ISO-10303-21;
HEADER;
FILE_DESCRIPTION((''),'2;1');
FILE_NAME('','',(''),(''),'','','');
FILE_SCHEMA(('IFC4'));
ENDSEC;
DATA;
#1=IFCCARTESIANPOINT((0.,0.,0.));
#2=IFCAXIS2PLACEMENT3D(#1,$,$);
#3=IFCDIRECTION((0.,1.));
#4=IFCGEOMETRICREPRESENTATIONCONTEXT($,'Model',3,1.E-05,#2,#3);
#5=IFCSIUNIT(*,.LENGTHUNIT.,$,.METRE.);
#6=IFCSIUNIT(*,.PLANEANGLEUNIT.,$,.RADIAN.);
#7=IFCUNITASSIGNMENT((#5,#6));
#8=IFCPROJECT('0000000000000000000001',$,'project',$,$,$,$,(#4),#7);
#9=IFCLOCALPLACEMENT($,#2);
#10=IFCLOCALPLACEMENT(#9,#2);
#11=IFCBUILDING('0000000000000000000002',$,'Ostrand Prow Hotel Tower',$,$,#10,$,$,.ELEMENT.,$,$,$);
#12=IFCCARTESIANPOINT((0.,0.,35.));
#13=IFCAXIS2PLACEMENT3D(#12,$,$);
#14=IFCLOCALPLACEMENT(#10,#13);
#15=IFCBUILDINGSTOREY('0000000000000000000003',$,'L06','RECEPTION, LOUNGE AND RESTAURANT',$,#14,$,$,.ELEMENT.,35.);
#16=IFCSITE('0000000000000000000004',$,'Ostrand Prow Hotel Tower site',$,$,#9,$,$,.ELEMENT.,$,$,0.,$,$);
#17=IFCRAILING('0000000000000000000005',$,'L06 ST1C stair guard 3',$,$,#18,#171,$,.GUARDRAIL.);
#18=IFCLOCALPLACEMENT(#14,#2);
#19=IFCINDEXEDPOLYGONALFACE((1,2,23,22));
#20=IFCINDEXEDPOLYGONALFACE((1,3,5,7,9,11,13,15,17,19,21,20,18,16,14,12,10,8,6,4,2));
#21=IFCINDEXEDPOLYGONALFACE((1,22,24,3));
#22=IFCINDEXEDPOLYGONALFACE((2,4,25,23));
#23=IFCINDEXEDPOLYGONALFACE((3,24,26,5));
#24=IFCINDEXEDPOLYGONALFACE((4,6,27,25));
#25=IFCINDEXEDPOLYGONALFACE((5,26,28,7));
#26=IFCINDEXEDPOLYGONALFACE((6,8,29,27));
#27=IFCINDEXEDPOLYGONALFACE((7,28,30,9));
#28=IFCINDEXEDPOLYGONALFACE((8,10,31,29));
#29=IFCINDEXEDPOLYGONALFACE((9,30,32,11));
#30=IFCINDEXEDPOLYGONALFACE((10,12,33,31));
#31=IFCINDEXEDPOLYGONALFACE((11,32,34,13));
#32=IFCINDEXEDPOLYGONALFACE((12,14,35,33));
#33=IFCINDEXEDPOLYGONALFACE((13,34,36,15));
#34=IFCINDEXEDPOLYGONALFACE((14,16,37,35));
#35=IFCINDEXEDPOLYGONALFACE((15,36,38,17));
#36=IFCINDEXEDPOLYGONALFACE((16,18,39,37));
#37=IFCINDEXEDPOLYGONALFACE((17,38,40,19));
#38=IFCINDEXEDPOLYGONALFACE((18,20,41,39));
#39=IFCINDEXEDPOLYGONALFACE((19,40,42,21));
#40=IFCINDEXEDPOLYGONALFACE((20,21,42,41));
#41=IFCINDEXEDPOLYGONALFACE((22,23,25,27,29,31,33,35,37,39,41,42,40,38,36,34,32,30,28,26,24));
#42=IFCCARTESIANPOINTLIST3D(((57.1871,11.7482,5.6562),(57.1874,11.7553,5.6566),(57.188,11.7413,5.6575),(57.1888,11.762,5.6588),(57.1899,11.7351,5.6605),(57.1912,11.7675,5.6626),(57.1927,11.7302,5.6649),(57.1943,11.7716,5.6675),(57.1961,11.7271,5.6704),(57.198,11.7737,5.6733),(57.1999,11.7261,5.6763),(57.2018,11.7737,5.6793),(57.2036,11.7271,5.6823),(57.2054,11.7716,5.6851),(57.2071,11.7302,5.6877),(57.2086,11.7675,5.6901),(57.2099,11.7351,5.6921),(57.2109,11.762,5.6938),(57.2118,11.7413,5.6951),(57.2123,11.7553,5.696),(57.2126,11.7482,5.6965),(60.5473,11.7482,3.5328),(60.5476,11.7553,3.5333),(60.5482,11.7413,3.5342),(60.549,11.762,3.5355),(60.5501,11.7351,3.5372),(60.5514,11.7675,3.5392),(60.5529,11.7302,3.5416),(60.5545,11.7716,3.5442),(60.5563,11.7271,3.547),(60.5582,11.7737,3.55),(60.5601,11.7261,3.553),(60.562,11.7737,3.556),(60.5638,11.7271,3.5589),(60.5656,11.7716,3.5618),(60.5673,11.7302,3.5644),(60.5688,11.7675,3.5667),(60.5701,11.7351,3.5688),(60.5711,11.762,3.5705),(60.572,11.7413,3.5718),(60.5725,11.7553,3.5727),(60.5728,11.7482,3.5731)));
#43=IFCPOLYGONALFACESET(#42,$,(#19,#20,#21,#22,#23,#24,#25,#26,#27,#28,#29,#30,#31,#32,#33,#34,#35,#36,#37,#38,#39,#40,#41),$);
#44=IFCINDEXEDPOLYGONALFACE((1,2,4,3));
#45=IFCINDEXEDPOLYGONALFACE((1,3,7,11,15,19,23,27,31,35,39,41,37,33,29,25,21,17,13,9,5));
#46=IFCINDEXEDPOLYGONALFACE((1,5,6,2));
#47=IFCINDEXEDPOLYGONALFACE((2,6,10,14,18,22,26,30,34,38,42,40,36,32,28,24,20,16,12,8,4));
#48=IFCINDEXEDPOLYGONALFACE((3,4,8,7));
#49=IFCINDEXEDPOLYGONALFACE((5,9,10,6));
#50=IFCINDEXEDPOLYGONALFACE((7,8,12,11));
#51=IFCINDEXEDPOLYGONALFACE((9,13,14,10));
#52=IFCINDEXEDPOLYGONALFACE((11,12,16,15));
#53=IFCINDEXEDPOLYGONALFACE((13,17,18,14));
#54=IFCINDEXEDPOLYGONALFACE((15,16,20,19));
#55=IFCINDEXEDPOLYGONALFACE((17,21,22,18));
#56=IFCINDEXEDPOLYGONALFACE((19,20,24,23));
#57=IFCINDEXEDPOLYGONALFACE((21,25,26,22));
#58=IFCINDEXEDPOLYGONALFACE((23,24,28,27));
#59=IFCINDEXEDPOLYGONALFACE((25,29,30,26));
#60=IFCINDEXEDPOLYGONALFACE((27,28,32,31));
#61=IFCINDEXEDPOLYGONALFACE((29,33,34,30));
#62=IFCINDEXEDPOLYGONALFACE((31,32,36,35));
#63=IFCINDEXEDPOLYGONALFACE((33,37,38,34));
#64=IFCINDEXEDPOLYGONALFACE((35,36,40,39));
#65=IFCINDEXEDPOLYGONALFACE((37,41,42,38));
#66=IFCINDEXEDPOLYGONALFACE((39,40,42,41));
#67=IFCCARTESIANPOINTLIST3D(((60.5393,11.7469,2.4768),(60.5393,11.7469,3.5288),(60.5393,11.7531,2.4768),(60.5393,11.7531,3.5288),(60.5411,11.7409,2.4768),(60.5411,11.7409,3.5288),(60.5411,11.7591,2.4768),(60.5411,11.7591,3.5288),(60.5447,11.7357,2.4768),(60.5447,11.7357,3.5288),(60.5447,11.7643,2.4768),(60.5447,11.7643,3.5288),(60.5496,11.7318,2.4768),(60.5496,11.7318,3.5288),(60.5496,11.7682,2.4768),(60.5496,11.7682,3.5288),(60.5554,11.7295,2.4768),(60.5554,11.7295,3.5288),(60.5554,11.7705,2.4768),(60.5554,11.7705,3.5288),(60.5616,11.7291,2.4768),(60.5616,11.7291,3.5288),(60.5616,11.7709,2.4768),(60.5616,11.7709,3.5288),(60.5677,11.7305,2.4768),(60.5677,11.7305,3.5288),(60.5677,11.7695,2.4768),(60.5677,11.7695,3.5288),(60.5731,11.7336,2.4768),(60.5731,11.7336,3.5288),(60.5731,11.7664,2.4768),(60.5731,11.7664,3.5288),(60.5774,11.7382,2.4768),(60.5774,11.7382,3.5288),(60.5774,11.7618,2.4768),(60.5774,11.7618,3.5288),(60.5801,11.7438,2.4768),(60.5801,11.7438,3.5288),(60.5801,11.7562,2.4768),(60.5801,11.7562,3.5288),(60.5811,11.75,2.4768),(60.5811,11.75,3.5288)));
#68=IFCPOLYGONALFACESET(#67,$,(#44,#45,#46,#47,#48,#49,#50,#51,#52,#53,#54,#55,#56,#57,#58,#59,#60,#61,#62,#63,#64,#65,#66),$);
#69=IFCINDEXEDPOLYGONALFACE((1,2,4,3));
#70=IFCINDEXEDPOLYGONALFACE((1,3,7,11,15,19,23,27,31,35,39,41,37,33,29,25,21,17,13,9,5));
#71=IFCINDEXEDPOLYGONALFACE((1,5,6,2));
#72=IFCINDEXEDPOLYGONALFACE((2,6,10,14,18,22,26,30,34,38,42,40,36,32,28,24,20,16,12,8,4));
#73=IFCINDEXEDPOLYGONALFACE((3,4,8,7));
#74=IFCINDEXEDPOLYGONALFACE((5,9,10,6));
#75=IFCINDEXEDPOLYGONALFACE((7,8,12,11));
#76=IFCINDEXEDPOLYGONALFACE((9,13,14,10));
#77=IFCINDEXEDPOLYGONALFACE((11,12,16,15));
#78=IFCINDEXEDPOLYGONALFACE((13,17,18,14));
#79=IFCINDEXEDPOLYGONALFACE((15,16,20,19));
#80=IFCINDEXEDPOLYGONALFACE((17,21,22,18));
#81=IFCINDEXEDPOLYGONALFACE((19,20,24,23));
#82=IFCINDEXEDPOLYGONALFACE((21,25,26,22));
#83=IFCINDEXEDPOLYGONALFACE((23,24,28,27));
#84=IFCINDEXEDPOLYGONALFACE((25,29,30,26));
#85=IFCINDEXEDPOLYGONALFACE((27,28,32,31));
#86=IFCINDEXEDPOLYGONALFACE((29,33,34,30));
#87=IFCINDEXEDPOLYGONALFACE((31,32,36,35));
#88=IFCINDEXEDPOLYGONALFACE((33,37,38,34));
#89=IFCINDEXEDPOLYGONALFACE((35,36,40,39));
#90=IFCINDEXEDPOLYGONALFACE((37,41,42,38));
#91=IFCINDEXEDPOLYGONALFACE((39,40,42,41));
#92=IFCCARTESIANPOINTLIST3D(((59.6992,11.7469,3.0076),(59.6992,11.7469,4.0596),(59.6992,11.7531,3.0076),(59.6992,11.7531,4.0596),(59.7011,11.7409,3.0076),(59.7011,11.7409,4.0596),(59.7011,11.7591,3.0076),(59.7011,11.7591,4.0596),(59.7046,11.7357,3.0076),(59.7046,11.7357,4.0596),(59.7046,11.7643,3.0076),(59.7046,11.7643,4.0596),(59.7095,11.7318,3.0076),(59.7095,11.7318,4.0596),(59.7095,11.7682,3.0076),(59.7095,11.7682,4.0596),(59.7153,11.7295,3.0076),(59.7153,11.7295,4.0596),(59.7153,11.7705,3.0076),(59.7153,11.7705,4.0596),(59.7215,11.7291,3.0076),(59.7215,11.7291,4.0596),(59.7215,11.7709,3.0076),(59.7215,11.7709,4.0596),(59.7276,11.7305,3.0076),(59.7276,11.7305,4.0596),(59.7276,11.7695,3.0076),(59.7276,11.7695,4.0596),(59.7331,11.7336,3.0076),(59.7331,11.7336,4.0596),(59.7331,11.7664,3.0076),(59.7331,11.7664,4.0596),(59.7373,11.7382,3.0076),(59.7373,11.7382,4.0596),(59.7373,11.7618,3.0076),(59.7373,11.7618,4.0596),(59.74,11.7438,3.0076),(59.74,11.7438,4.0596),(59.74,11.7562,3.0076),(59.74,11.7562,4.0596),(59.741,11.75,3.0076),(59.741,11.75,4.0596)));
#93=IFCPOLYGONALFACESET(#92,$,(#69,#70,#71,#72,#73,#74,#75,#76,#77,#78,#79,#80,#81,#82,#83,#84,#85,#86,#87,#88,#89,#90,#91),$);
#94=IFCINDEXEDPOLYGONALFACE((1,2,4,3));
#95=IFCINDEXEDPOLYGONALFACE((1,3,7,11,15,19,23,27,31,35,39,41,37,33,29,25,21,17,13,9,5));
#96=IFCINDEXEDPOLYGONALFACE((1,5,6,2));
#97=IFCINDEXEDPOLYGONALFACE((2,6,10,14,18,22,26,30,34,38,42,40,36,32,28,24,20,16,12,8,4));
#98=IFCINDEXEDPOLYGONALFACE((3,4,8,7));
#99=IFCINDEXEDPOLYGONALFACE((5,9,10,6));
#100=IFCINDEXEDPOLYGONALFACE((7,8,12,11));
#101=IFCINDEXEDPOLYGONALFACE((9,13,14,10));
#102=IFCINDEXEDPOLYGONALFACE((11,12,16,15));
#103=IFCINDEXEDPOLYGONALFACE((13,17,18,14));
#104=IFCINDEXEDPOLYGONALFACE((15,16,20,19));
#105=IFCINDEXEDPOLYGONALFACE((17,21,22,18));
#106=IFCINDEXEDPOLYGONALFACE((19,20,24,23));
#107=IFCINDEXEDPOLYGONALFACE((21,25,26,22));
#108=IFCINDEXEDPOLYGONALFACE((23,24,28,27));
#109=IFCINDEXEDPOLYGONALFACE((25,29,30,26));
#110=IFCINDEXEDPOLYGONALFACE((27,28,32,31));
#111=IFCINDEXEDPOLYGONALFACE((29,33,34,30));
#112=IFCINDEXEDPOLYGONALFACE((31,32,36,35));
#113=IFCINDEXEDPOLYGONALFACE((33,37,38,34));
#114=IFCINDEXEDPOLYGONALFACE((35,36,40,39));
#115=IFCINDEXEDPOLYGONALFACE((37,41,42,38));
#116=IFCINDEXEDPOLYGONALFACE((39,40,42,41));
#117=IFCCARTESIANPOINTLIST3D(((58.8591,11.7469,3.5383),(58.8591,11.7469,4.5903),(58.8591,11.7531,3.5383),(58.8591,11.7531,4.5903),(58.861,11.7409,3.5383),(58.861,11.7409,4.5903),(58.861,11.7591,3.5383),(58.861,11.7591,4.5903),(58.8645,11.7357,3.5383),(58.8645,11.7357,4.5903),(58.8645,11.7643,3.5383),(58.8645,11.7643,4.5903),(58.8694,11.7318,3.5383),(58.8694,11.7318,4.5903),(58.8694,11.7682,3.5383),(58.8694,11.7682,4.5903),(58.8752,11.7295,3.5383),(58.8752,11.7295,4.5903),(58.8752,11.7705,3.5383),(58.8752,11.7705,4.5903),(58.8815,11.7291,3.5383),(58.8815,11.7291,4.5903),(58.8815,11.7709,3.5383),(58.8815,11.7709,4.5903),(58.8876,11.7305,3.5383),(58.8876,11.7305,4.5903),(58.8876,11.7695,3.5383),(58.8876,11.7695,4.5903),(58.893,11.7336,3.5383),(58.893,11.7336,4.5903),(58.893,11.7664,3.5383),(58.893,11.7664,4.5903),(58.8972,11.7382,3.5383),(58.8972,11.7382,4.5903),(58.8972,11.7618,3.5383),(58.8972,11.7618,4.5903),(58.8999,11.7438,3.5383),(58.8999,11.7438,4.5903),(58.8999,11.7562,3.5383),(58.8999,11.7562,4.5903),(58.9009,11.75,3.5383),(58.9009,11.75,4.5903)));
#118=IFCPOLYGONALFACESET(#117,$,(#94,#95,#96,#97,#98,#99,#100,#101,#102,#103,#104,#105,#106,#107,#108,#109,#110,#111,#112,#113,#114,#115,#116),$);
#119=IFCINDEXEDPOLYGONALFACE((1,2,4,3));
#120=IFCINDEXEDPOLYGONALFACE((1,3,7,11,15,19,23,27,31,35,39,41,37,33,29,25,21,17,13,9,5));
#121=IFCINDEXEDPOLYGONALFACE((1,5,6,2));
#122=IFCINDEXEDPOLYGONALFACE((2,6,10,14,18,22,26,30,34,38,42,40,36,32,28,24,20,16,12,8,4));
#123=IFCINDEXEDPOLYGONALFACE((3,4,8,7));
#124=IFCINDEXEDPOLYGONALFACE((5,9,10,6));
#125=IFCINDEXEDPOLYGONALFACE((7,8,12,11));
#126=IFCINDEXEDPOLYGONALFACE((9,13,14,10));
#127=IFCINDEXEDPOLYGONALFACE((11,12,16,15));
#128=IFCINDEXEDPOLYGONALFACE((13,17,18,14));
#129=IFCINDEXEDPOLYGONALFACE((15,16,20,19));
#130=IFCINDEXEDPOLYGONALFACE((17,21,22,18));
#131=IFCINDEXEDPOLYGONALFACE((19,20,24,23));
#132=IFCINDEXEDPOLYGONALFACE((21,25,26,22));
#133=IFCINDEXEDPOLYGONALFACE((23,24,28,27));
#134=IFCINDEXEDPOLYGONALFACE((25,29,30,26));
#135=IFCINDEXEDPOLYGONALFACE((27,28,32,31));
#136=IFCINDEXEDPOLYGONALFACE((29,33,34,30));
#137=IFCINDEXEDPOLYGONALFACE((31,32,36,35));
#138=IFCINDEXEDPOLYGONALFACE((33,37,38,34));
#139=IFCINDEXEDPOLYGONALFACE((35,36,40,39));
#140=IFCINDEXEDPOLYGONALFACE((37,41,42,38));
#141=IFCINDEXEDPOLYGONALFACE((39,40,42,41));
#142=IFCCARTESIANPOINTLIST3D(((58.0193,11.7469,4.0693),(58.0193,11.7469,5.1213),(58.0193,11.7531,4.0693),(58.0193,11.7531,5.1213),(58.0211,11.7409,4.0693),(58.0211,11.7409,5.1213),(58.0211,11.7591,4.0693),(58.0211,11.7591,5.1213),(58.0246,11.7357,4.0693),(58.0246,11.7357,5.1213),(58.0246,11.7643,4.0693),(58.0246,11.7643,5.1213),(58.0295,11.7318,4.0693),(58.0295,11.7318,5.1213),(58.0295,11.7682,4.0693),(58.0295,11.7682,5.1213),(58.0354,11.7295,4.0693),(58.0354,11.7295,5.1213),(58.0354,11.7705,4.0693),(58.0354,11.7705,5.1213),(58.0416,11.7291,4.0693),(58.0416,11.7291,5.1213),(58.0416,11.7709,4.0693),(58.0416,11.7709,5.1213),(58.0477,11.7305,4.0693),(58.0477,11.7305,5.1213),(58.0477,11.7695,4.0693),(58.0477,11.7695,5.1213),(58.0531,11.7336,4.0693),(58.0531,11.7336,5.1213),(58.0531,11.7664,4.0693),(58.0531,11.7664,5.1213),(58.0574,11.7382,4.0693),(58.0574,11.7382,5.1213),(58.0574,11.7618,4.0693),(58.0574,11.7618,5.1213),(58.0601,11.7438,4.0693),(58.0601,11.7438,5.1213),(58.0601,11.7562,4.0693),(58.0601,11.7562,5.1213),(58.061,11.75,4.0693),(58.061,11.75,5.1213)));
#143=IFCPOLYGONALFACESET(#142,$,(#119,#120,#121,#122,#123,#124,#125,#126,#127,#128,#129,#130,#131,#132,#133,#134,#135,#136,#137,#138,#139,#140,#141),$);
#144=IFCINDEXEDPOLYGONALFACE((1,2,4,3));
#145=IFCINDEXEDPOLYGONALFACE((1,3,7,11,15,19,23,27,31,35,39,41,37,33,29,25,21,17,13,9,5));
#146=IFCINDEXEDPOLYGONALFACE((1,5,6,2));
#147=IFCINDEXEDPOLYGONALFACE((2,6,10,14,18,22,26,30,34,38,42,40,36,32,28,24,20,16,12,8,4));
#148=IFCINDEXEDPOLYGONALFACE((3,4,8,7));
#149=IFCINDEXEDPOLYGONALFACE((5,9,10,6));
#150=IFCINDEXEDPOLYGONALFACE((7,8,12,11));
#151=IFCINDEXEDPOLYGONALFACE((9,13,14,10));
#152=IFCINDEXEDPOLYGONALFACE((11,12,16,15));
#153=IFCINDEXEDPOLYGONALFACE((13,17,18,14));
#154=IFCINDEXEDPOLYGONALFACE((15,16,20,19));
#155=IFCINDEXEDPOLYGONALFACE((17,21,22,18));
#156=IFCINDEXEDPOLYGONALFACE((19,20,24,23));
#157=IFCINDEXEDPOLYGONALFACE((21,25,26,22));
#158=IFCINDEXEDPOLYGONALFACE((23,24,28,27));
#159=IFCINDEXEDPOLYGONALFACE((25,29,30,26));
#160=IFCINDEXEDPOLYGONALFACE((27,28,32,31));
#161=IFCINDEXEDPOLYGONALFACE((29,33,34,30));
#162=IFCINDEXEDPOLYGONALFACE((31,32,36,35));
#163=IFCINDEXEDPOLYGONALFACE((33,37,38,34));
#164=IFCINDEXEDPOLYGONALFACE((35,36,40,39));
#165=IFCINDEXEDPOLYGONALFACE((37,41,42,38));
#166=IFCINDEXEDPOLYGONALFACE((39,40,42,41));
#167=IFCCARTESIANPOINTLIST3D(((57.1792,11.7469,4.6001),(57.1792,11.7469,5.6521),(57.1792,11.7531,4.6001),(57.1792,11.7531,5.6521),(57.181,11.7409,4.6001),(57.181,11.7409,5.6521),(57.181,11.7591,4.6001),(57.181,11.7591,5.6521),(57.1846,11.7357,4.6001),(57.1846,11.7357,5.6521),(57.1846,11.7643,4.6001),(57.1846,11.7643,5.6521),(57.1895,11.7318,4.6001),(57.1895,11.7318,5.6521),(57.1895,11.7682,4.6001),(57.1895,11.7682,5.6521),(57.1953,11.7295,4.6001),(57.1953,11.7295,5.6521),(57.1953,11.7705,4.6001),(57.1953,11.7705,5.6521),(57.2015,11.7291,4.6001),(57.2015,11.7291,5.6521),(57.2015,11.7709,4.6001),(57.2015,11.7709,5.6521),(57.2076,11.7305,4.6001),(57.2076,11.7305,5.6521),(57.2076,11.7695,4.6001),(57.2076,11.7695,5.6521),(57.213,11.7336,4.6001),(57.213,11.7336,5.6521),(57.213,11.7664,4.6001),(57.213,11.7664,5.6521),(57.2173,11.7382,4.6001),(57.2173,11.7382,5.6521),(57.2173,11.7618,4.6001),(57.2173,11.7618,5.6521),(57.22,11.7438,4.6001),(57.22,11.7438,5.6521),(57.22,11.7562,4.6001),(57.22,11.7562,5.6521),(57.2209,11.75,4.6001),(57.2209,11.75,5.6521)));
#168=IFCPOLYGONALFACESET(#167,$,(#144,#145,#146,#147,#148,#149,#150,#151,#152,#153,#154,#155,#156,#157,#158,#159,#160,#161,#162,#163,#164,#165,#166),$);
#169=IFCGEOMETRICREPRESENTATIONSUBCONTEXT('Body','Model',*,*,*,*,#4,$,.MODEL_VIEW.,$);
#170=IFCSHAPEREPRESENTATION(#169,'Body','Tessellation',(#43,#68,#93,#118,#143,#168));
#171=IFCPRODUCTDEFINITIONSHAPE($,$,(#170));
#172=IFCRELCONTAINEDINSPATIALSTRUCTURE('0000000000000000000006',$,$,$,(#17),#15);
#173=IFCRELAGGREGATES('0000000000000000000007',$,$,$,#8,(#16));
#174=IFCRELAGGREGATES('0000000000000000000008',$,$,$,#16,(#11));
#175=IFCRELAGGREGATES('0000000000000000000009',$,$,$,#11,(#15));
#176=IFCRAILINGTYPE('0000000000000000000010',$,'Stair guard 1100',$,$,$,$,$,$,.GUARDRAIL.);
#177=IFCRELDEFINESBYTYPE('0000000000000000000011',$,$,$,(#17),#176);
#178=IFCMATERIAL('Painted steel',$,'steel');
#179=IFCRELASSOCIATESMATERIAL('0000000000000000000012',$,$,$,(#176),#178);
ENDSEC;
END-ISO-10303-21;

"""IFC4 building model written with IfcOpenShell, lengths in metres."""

from ifc_helpers import new_model, si_unit, direction, frame, origin, origin_2d, place, context, subcontext, project, spatial, circle, extrude, material, type_object, element, save


model = new_model("IFC4")

# Units and contexts
model_context = context("Model", 3, precision=1e-05, world=origin(), true_north=direction((0.0, 1.0)))
body_context = subcontext(model_context, "Body", "Model", "MODEL_VIEW")
ifc_project = project(units=[si_unit("LENGTHUNIT", "METRE"), si_unit("PLANEANGLEUNIT", "RADIAN")], contexts=[model_context])

# Site, building, storey
site_placement = place(None, origin())
site = spatial("IfcSite", under=ifc_project, at=site_placement, Name="Ostrand Prow Hotel Tower site", CompositionType="ELEMENT", RefElevation=0.0)
building_placement = place(site_placement, origin())
building = spatial("IfcBuilding", under=site, at=building_placement, Name="Ostrand Prow Hotel Tower", CompositionType="ELEMENT")
storey_placement = place(building_placement, frame((0.0, 0.0, 35.0)))
storey = spatial("IfcBuildingStorey", under=building, at=storey_placement, Name="L06", Description="RECEPTION, LOUNGE AND RESTAURANT", CompositionType="ELEMENT", Elevation=35.0)

# Railing
ifc_material_1 = material(Name="Painted steel", Category="steel")
railing_type_1 = type_object("IfcRailingType", Name="Stair guard 1100", PredefinedType="GUARDRAIL", material=ifc_material_1)
railing_1_placement = place(storey_placement, frame((60.5601, 11.75, 2.4768)))
element("IfcRailing", 1, at=railing_1_placement, inside=storey, type_object=railing_type_1, Name="L06 ST1C stair guard 3", PredefinedType="GUARDRAIL", context=body_context, shape_type="SweptSolid", body=[
    extrude(circle(Radius=0.0239, at=origin_2d()), frame((0.0, 0.0, 1.0762), z_axis=(-0.845362, 0.0, 0.534194), x_axis=(0.0, -1.0, 0.0)), (0.0, 0.0, 1.0), 3.9749),
    extrude(circle(Radius=0.021, at=origin_2d()), origin(), (0.0, 0.0, 1.0), 1.052),
    extrude(circle(Radius=0.021, at=origin_2d()), frame((-0.8401, 0.0, 0.5308)), (0.0, 0.0, 1.0), 1.052),
    extrude(circle(Radius=0.021, at=origin_2d()), frame((-1.6802, 0.0, 1.0615)), (0.0, 0.0, 1.0), 1.052),
    extrude(circle(Radius=0.021, at=origin_2d()), frame((-2.52, 0.0, 1.5925)), (0.0, 0.0, 1.0), 1.052),
    extrude(circle(Radius=0.021, at=origin_2d()), frame((-3.3601, 0.0, 2.1233)), (0.0, 0.0, 1.0), 1.052),
])

save(model, "model.ifc")
